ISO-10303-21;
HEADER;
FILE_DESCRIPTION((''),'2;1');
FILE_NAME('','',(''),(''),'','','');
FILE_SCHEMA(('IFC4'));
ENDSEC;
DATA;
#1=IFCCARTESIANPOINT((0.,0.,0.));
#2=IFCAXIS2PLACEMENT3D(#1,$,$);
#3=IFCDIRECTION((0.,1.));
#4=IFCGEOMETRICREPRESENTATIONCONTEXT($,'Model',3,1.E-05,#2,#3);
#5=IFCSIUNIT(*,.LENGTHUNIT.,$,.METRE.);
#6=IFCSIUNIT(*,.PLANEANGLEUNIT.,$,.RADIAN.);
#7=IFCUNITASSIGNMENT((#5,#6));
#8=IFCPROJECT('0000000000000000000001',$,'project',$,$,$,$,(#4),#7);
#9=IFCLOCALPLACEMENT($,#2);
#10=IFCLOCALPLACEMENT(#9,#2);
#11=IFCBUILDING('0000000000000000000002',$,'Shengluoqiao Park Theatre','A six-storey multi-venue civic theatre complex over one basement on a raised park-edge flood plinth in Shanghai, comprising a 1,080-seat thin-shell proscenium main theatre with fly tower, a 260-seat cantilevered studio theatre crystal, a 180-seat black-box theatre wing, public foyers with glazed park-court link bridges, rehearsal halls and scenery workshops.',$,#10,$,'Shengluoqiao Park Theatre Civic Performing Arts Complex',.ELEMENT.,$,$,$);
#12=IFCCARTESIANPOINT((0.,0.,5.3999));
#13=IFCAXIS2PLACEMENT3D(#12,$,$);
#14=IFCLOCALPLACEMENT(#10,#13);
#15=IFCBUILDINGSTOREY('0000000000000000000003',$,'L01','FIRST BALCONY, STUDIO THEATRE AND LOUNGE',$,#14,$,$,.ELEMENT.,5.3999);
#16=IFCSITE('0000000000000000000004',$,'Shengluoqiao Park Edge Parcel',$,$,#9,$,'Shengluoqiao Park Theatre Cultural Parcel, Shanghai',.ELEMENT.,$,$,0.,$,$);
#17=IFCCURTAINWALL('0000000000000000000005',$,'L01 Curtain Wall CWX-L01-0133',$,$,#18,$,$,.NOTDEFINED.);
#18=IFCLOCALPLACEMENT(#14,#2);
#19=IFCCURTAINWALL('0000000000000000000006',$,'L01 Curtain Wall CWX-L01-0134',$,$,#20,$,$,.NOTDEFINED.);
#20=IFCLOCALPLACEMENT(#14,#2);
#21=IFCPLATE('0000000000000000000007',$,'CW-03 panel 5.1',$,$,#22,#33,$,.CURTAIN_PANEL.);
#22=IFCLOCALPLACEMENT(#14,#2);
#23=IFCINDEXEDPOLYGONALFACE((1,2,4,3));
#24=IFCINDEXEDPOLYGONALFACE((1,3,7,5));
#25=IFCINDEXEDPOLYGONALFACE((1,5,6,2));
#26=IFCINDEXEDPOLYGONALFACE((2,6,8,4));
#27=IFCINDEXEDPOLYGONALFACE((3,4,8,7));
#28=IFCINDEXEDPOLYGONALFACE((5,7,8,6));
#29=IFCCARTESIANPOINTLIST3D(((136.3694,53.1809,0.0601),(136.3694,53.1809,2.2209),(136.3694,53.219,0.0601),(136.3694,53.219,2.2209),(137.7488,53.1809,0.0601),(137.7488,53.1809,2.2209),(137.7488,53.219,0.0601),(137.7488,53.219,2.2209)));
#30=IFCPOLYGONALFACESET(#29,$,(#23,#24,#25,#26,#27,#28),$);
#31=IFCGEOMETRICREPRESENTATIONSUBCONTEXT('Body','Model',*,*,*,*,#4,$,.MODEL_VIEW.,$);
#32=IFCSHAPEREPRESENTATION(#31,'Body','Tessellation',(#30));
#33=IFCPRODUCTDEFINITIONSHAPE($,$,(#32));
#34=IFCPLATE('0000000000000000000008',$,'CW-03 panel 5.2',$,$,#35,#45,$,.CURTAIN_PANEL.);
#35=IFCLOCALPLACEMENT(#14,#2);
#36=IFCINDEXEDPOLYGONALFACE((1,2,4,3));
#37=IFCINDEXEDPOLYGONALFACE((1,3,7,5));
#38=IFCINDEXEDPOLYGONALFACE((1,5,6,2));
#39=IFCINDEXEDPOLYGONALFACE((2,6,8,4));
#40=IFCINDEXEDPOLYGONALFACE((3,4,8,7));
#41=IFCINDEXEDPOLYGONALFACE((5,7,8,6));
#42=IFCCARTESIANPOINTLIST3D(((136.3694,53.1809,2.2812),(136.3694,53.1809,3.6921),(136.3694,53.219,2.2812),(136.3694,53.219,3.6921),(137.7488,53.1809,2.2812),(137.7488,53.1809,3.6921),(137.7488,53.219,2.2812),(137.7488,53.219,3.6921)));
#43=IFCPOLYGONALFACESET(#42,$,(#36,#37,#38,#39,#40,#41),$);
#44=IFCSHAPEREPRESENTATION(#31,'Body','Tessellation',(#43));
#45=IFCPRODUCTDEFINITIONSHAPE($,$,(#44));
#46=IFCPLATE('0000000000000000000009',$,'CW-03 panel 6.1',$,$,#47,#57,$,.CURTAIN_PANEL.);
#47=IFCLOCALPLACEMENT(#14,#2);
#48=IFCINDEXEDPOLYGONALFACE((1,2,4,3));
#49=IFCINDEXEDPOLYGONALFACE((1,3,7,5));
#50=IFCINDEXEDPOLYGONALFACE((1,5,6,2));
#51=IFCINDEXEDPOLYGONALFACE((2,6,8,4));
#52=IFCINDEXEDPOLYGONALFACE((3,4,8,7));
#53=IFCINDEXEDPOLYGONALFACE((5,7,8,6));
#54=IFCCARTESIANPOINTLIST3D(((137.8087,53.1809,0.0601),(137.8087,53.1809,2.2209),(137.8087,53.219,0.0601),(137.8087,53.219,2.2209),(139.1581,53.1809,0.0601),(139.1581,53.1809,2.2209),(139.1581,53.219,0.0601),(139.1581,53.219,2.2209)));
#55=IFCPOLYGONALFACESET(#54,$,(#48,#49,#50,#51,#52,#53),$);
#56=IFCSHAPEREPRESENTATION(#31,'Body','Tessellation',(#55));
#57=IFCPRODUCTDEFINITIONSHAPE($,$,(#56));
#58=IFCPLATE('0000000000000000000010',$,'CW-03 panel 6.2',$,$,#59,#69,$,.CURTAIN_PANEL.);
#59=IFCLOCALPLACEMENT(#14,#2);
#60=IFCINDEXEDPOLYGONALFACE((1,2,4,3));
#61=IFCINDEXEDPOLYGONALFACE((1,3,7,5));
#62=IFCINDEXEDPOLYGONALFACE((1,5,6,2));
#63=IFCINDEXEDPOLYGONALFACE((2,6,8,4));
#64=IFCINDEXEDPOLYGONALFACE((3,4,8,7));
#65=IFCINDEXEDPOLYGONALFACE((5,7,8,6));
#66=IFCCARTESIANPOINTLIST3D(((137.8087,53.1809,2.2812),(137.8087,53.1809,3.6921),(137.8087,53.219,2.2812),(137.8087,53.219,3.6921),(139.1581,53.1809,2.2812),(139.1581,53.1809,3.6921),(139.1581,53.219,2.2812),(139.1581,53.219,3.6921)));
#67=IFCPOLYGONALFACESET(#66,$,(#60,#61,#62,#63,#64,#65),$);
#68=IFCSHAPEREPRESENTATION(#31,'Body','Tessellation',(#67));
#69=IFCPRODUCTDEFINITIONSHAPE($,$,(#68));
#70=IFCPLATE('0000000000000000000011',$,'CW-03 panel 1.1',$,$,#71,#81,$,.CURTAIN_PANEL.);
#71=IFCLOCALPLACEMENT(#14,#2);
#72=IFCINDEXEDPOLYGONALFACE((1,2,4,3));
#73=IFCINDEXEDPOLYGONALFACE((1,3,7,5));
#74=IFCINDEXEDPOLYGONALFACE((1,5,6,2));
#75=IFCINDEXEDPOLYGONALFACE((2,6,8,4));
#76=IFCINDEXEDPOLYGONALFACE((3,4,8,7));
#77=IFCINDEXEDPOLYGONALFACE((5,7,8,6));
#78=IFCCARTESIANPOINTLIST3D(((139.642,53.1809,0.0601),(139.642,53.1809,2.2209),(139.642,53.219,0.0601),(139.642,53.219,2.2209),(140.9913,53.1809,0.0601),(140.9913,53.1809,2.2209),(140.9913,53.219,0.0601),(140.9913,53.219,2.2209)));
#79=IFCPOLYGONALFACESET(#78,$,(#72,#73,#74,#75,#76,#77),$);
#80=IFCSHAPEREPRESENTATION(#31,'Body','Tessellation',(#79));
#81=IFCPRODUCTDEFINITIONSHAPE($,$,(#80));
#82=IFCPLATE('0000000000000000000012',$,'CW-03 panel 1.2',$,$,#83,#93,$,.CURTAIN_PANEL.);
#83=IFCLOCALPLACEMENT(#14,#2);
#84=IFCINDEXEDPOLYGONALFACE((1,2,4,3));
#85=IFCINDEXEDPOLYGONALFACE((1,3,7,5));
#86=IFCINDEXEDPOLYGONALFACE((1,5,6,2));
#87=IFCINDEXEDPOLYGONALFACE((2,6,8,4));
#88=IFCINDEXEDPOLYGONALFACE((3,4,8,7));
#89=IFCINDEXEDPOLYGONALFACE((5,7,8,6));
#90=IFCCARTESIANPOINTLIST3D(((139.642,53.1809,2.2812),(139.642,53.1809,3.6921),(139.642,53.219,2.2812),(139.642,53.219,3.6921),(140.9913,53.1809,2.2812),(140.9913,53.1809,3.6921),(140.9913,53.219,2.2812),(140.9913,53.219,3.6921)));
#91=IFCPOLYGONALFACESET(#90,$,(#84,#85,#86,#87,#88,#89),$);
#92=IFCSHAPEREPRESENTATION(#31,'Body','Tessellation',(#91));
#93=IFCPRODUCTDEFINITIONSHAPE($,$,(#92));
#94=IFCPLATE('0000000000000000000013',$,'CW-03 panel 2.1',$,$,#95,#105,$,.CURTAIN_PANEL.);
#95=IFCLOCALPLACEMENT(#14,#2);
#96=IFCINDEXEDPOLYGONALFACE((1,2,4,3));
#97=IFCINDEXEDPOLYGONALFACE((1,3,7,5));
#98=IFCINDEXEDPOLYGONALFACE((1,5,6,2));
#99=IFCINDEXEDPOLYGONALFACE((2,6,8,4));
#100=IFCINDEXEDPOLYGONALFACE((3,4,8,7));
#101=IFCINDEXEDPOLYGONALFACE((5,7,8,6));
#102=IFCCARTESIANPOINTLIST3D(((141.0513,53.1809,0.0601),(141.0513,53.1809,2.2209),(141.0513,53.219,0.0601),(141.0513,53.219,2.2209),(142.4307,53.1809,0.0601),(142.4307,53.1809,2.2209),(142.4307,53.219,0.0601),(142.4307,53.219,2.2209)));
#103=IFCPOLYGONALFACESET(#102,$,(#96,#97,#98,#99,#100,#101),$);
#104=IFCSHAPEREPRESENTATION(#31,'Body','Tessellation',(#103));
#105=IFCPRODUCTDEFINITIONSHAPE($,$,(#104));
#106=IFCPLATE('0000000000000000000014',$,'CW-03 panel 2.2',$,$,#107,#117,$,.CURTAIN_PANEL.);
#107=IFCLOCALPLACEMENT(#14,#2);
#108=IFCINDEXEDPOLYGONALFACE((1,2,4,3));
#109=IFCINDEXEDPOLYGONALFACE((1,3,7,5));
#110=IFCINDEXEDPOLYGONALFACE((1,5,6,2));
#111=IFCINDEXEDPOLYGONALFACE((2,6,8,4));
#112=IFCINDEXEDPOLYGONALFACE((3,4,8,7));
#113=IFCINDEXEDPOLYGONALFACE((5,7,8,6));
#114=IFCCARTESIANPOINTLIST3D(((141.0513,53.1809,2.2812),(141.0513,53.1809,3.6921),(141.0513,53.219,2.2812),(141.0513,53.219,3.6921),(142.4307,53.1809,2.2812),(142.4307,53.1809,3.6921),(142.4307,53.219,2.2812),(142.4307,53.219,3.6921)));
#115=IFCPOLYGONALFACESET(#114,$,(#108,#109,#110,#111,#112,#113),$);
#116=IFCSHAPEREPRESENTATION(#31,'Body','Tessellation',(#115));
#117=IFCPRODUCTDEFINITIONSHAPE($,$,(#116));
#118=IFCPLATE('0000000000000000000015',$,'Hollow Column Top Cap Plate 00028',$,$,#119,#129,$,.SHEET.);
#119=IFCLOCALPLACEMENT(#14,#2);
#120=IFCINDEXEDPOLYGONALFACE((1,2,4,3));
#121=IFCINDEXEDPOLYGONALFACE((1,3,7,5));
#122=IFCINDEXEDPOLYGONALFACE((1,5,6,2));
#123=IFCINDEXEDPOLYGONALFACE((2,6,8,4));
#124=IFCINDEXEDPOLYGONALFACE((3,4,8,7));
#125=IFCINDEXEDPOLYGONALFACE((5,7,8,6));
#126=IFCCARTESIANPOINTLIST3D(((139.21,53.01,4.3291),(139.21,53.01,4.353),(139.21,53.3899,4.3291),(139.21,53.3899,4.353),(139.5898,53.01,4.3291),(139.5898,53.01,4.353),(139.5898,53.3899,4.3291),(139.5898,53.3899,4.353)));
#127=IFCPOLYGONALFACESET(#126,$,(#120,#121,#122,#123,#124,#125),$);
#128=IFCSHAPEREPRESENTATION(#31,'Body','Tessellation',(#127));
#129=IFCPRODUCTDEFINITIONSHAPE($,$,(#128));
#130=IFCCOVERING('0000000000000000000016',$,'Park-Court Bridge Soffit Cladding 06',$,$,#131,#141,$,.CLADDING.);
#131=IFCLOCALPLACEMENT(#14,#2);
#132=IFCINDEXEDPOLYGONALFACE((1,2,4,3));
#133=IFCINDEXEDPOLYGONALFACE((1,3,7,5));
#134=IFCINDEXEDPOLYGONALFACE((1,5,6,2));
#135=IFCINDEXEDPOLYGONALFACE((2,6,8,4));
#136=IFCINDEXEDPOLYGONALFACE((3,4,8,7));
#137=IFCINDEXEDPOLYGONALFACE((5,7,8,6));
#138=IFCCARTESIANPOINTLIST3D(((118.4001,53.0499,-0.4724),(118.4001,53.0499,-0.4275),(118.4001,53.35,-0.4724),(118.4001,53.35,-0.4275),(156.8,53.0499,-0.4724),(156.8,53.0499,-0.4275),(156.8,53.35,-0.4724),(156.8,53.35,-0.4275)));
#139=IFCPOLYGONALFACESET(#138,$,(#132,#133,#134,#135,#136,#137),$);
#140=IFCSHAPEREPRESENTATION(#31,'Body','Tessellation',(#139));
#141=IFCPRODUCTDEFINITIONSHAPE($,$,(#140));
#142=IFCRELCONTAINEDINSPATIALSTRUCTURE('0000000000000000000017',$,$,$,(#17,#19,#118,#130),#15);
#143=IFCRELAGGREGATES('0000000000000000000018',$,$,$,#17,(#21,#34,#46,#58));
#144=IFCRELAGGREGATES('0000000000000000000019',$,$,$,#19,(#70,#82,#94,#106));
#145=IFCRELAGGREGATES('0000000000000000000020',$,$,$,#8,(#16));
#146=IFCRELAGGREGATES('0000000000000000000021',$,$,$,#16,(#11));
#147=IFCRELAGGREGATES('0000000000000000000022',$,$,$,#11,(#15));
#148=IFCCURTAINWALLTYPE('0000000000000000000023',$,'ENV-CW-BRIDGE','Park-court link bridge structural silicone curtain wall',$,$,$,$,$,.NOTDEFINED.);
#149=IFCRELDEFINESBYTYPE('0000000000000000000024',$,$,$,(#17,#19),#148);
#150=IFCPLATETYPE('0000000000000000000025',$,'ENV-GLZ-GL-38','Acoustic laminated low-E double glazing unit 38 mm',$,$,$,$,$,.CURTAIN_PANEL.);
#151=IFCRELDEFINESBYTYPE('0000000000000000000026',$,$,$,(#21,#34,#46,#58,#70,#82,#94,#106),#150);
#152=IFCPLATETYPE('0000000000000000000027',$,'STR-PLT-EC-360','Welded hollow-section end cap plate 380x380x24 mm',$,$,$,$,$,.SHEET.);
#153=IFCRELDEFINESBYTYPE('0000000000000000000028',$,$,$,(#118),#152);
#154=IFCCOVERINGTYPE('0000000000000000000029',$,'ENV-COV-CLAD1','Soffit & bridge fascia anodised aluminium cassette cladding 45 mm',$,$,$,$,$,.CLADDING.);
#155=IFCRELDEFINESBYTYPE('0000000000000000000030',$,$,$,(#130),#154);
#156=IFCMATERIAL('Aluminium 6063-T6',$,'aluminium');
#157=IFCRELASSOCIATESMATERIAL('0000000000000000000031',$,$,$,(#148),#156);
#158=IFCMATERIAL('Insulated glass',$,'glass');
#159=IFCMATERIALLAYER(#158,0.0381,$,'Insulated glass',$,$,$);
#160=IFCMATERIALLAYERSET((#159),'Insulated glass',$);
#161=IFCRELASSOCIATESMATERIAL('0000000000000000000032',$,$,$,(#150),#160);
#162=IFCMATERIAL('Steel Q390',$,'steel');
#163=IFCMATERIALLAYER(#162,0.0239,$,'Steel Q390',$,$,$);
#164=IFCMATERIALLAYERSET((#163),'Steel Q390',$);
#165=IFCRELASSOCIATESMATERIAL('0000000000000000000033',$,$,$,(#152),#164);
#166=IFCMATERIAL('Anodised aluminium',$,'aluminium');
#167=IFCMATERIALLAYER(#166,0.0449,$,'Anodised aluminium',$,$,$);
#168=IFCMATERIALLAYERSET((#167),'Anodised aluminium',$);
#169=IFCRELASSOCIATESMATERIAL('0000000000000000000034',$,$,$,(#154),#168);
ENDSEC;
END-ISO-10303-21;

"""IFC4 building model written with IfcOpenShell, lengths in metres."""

from ifc_helpers import new_model, si_unit, direction, frame, origin, origin_2d, place, context, subcontext, project, spatial, rectangle, extrude, material, layer, layer_set, type_object, element, aggregate, save


model = new_model("IFC4")

# Units and contexts
model_context = context("Model", 3, precision=1e-05, world=origin(), true_north=direction((0.0, 1.0)))
body_context = subcontext(model_context, "Body", "Model", "MODEL_VIEW")
ifc_project = project(units=[si_unit("LENGTHUNIT", "METRE"), si_unit("PLANEANGLEUNIT", "RADIAN")], contexts=[model_context])

# Site, building, storey
site_placement = place(None, origin())
site = spatial("IfcSite", under=ifc_project, at=site_placement, Name="Shengluoqiao Park Edge Parcel", LongName="Shengluoqiao Park Theatre Cultural Parcel, Shanghai", CompositionType="ELEMENT", RefElevation=0.0)
building_placement = place(site_placement, origin())
building = spatial("IfcBuilding", under=site, at=building_placement, Name="Shengluoqiao Park Theatre", Description="A six-storey multi-venue civic theatre complex over one basement on a raised park-edge flood plinth in Shanghai, comprising a 1,080-seat thin-shell proscenium main theatre with fly tower, a 260-seat cantilevered studio theatre crystal, a 180-seat black-box theatre wing, public foyers with glazed park-court link bridges, rehearsal halls and scenery workshops.", LongName="Shengluoqiao Park Theatre Civic Performing Arts Complex", CompositionType="ELEMENT")
storey_placement = place(building_placement, frame((0.0, 0.0, 5.3999)))
storey = spatial("IfcBuildingStorey", under=building, at=storey_placement, Name="L01", Description="FIRST BALCONY, STUDIO THEATRE AND LOUNGE", CompositionType="ELEMENT", Elevation=5.3999)

# Curtain walls
ifc_material_1 = material(Name="Aluminium 6063-T6", Category="aluminium")
curtain_wall_type = type_object("IfcCurtainWallType", Name="ENV-CW-BRIDGE", Description="Park-court link bridge structural silicone curtain wall", PredefinedType="NOTDEFINED", material=ifc_material_1)
curtain_wall_1_placement = place(storey_placement, origin())
curtain_wall_1 = element("IfcCurtainWall", 1, at=curtain_wall_1_placement, inside=storey, type_object=curtain_wall_type, Name="L01 Curtain Wall CWX-L01-0133", PredefinedType="NOTDEFINED")
curtain_wall_2_placement = place(storey_placement, origin())
curtain_wall_2 = element("IfcCurtainWall", 2, at=curtain_wall_2_placement, inside=storey, type_object=curtain_wall_type, Name="L01 Curtain Wall CWX-L01-0134", PredefinedType="NOTDEFINED")

# Plates
ifc_material_2 = material(Name="Insulated glass", Category="glass")
ifc_layer_1 = layer(ifc_material_2, 0.0381, Name="Insulated glass")
ifc_layer_set_1 = layer_set([ifc_layer_1], Name="Insulated glass")
plate_type_1 = type_object("IfcPlateType", Name="ENV-GLZ-GL-38", Description="Acoustic laminated low-E double glazing unit 38 mm", PredefinedType="CURTAIN_PANEL", material=ifc_layer_set_1)
plate_1_placement = place(storey_placement, frame((137.0591, 53.2, 0.0601), z_axis=(0.0, 0.0, 1.0), x_axis=(1.0, 0.0, 0.0)))
plate_1 = element("IfcPlate", 3, at=plate_1_placement, type_object=plate_type_1, Name="CW-03 panel 5.1", PredefinedType="CURTAIN_PANEL", context=body_context, shape_type="SweptSolid", body=[
    extrude(rectangle(XDim=1.3794, YDim=0.0381, at=origin_2d()), origin(), (0.0, 0.0, 1.0), 2.1609),
])
plate_2_placement = place(storey_placement, frame((137.0591, 53.2, 2.2812), z_axis=(0.0, 0.0, 1.0), x_axis=(1.0, 0.0, 0.0)))
plate_2 = element("IfcPlate", 4, at=plate_2_placement, type_object=plate_type_1, Name="CW-03 panel 5.2", PredefinedType="CURTAIN_PANEL", context=body_context, shape_type="SweptSolid", body=[
    extrude(rectangle(XDim=1.3794, YDim=0.0381, at=origin_2d()), origin(), (0.0, 0.0, 1.0), 1.4109),
])
plate_3_placement = place(storey_placement, frame((138.4834, 53.2, 0.0601), z_axis=(0.0, 0.0, 1.0), x_axis=(1.0, 0.0, 0.0)))
plate_3 = element("IfcPlate", 5, at=plate_3_placement, type_object=plate_type_1, Name="CW-03 panel 6.1", PredefinedType="CURTAIN_PANEL", context=body_context, shape_type="SweptSolid", body=[
    extrude(rectangle(XDim=1.3494, YDim=0.0381, at=origin_2d()), origin(), (0.0, 0.0, 1.0), 2.1609),
])
plate_4_placement = place(storey_placement, frame((138.4834, 53.2, 2.2812), z_axis=(0.0, 0.0, 1.0), x_axis=(1.0, 0.0, 0.0)))
plate_4 = element("IfcPlate", 6, at=plate_4_placement, type_object=plate_type_1, Name="CW-03 panel 6.2", PredefinedType="CURTAIN_PANEL", context=body_context, shape_type="SweptSolid", body=[
    extrude(rectangle(XDim=1.3494, YDim=0.0381, at=origin_2d()), origin(), (0.0, 0.0, 1.0), 1.4109),
])
aggregate(curtain_wall_1, [plate_1, plate_2, plate_3, plate_4])
plate_5_placement = place(storey_placement, frame((140.3167, 53.2, 0.0601), z_axis=(0.0, 0.0, 1.0), x_axis=(1.0, 0.0, 0.0)))
plate_5 = element("IfcPlate", 7, at=plate_5_placement, type_object=plate_type_1, Name="CW-03 panel 1.1", PredefinedType="CURTAIN_PANEL", context=body_context, shape_type="SweptSolid", body=[
    extrude(rectangle(XDim=1.3494, YDim=0.0381, at=origin_2d()), origin(), (0.0, 0.0, 1.0), 2.1609),
])
plate_6_placement = place(storey_placement, frame((140.3167, 53.2, 2.2812), z_axis=(0.0, 0.0, 1.0), x_axis=(1.0, 0.0, 0.0)))
plate_6 = element("IfcPlate", 8, at=plate_6_placement, type_object=plate_type_1, Name="CW-03 panel 1.2", PredefinedType="CURTAIN_PANEL", context=body_context, shape_type="SweptSolid", body=[
    extrude(rectangle(XDim=1.3494, YDim=0.0381, at=origin_2d()), origin(), (0.0, 0.0, 1.0), 1.4109),
])
plate_7_placement = place(storey_placement, frame((141.741, 53.2, 0.0601), z_axis=(0.0, 0.0, 1.0), x_axis=(1.0, 0.0, 0.0)))
plate_7 = element("IfcPlate", 9, at=plate_7_placement, type_object=plate_type_1, Name="CW-03 panel 2.1", PredefinedType="CURTAIN_PANEL", context=body_context, shape_type="SweptSolid", body=[
    extrude(rectangle(XDim=1.3794, YDim=0.0381, at=origin_2d()), origin(), (0.0, 0.0, 1.0), 2.1609),
])
plate_8_placement = place(storey_placement, frame((141.741, 53.2, 2.2812), z_axis=(0.0, 0.0, 1.0), x_axis=(1.0, 0.0, 0.0)))
plate_8 = element("IfcPlate", 10, at=plate_8_placement, type_object=plate_type_1, Name="CW-03 panel 2.2", PredefinedType="CURTAIN_PANEL", context=body_context, shape_type="SweptSolid", body=[
    extrude(rectangle(XDim=1.3794, YDim=0.0381, at=origin_2d()), origin(), (0.0, 0.0, 1.0), 1.4109),
])
aggregate(curtain_wall_2, [plate_5, plate_6, plate_7, plate_8])
ifc_material_3 = material(Name="Steel Q390", Category="steel")
ifc_layer_2 = layer(ifc_material_3, 0.0239, Name="Steel Q390")
ifc_layer_set_2 = layer_set([ifc_layer_2], Name="Steel Q390")
plate_type_2 = type_object("IfcPlateType", Name="STR-PLT-EC-360", Description="Welded hollow-section end cap plate 380x380x24 mm", PredefinedType="SHEET", material=ifc_layer_set_2)
plate_9_placement = place(storey_placement, frame((139.3999, 53.2, 4.3291), z_axis=(0.0, 0.0, 1.0), x_axis=(1.0, 0.0, 0.0)))
element("IfcPlate", 11, at=plate_9_placement, inside=storey, type_object=plate_type_2, Name="Hollow Column Top Cap Plate 00028", PredefinedType="SHEET", context=body_context, shape_type="SweptSolid", body=[
    extrude(rectangle(XDim=0.3799, YDim=0.3799, at=origin_2d()), origin(), (0.0, 0.0, 1.0), 0.0239),
])

# Covering
ifc_material_4 = material(Name="Anodised aluminium", Category="aluminium")
ifc_layer_3 = layer(ifc_material_4, 0.0449, Name="Anodised aluminium")
ifc_layer_set_3 = layer_set([ifc_layer_3], Name="Anodised aluminium")
covering_type = type_object("IfcCoveringType", Name="ENV-COV-CLAD1", Description="Soffit & bridge fascia anodised aluminium cassette cladding 45 mm", PredefinedType="CLADDING", material=ifc_layer_set_3)
covering_placement = place(storey_placement, frame((137.6001, 53.2, -0.4724), z_axis=(0.0, 0.0, 1.0), x_axis=(1.0, 0.0, 0.0)))
element("IfcCovering", 12, at=covering_placement, inside=storey, type_object=covering_type, Name="Park-Court Bridge Soffit Cladding 06", PredefinedType="CLADDING", context=body_context, shape_type="SweptSolid", body=[
    extrude(rectangle(XDim=38.3999, YDim=0.3, at=origin_2d()), origin(), (0.0, 0.0, 1.0), 0.0449),
])

save(model, "model.ifc")
